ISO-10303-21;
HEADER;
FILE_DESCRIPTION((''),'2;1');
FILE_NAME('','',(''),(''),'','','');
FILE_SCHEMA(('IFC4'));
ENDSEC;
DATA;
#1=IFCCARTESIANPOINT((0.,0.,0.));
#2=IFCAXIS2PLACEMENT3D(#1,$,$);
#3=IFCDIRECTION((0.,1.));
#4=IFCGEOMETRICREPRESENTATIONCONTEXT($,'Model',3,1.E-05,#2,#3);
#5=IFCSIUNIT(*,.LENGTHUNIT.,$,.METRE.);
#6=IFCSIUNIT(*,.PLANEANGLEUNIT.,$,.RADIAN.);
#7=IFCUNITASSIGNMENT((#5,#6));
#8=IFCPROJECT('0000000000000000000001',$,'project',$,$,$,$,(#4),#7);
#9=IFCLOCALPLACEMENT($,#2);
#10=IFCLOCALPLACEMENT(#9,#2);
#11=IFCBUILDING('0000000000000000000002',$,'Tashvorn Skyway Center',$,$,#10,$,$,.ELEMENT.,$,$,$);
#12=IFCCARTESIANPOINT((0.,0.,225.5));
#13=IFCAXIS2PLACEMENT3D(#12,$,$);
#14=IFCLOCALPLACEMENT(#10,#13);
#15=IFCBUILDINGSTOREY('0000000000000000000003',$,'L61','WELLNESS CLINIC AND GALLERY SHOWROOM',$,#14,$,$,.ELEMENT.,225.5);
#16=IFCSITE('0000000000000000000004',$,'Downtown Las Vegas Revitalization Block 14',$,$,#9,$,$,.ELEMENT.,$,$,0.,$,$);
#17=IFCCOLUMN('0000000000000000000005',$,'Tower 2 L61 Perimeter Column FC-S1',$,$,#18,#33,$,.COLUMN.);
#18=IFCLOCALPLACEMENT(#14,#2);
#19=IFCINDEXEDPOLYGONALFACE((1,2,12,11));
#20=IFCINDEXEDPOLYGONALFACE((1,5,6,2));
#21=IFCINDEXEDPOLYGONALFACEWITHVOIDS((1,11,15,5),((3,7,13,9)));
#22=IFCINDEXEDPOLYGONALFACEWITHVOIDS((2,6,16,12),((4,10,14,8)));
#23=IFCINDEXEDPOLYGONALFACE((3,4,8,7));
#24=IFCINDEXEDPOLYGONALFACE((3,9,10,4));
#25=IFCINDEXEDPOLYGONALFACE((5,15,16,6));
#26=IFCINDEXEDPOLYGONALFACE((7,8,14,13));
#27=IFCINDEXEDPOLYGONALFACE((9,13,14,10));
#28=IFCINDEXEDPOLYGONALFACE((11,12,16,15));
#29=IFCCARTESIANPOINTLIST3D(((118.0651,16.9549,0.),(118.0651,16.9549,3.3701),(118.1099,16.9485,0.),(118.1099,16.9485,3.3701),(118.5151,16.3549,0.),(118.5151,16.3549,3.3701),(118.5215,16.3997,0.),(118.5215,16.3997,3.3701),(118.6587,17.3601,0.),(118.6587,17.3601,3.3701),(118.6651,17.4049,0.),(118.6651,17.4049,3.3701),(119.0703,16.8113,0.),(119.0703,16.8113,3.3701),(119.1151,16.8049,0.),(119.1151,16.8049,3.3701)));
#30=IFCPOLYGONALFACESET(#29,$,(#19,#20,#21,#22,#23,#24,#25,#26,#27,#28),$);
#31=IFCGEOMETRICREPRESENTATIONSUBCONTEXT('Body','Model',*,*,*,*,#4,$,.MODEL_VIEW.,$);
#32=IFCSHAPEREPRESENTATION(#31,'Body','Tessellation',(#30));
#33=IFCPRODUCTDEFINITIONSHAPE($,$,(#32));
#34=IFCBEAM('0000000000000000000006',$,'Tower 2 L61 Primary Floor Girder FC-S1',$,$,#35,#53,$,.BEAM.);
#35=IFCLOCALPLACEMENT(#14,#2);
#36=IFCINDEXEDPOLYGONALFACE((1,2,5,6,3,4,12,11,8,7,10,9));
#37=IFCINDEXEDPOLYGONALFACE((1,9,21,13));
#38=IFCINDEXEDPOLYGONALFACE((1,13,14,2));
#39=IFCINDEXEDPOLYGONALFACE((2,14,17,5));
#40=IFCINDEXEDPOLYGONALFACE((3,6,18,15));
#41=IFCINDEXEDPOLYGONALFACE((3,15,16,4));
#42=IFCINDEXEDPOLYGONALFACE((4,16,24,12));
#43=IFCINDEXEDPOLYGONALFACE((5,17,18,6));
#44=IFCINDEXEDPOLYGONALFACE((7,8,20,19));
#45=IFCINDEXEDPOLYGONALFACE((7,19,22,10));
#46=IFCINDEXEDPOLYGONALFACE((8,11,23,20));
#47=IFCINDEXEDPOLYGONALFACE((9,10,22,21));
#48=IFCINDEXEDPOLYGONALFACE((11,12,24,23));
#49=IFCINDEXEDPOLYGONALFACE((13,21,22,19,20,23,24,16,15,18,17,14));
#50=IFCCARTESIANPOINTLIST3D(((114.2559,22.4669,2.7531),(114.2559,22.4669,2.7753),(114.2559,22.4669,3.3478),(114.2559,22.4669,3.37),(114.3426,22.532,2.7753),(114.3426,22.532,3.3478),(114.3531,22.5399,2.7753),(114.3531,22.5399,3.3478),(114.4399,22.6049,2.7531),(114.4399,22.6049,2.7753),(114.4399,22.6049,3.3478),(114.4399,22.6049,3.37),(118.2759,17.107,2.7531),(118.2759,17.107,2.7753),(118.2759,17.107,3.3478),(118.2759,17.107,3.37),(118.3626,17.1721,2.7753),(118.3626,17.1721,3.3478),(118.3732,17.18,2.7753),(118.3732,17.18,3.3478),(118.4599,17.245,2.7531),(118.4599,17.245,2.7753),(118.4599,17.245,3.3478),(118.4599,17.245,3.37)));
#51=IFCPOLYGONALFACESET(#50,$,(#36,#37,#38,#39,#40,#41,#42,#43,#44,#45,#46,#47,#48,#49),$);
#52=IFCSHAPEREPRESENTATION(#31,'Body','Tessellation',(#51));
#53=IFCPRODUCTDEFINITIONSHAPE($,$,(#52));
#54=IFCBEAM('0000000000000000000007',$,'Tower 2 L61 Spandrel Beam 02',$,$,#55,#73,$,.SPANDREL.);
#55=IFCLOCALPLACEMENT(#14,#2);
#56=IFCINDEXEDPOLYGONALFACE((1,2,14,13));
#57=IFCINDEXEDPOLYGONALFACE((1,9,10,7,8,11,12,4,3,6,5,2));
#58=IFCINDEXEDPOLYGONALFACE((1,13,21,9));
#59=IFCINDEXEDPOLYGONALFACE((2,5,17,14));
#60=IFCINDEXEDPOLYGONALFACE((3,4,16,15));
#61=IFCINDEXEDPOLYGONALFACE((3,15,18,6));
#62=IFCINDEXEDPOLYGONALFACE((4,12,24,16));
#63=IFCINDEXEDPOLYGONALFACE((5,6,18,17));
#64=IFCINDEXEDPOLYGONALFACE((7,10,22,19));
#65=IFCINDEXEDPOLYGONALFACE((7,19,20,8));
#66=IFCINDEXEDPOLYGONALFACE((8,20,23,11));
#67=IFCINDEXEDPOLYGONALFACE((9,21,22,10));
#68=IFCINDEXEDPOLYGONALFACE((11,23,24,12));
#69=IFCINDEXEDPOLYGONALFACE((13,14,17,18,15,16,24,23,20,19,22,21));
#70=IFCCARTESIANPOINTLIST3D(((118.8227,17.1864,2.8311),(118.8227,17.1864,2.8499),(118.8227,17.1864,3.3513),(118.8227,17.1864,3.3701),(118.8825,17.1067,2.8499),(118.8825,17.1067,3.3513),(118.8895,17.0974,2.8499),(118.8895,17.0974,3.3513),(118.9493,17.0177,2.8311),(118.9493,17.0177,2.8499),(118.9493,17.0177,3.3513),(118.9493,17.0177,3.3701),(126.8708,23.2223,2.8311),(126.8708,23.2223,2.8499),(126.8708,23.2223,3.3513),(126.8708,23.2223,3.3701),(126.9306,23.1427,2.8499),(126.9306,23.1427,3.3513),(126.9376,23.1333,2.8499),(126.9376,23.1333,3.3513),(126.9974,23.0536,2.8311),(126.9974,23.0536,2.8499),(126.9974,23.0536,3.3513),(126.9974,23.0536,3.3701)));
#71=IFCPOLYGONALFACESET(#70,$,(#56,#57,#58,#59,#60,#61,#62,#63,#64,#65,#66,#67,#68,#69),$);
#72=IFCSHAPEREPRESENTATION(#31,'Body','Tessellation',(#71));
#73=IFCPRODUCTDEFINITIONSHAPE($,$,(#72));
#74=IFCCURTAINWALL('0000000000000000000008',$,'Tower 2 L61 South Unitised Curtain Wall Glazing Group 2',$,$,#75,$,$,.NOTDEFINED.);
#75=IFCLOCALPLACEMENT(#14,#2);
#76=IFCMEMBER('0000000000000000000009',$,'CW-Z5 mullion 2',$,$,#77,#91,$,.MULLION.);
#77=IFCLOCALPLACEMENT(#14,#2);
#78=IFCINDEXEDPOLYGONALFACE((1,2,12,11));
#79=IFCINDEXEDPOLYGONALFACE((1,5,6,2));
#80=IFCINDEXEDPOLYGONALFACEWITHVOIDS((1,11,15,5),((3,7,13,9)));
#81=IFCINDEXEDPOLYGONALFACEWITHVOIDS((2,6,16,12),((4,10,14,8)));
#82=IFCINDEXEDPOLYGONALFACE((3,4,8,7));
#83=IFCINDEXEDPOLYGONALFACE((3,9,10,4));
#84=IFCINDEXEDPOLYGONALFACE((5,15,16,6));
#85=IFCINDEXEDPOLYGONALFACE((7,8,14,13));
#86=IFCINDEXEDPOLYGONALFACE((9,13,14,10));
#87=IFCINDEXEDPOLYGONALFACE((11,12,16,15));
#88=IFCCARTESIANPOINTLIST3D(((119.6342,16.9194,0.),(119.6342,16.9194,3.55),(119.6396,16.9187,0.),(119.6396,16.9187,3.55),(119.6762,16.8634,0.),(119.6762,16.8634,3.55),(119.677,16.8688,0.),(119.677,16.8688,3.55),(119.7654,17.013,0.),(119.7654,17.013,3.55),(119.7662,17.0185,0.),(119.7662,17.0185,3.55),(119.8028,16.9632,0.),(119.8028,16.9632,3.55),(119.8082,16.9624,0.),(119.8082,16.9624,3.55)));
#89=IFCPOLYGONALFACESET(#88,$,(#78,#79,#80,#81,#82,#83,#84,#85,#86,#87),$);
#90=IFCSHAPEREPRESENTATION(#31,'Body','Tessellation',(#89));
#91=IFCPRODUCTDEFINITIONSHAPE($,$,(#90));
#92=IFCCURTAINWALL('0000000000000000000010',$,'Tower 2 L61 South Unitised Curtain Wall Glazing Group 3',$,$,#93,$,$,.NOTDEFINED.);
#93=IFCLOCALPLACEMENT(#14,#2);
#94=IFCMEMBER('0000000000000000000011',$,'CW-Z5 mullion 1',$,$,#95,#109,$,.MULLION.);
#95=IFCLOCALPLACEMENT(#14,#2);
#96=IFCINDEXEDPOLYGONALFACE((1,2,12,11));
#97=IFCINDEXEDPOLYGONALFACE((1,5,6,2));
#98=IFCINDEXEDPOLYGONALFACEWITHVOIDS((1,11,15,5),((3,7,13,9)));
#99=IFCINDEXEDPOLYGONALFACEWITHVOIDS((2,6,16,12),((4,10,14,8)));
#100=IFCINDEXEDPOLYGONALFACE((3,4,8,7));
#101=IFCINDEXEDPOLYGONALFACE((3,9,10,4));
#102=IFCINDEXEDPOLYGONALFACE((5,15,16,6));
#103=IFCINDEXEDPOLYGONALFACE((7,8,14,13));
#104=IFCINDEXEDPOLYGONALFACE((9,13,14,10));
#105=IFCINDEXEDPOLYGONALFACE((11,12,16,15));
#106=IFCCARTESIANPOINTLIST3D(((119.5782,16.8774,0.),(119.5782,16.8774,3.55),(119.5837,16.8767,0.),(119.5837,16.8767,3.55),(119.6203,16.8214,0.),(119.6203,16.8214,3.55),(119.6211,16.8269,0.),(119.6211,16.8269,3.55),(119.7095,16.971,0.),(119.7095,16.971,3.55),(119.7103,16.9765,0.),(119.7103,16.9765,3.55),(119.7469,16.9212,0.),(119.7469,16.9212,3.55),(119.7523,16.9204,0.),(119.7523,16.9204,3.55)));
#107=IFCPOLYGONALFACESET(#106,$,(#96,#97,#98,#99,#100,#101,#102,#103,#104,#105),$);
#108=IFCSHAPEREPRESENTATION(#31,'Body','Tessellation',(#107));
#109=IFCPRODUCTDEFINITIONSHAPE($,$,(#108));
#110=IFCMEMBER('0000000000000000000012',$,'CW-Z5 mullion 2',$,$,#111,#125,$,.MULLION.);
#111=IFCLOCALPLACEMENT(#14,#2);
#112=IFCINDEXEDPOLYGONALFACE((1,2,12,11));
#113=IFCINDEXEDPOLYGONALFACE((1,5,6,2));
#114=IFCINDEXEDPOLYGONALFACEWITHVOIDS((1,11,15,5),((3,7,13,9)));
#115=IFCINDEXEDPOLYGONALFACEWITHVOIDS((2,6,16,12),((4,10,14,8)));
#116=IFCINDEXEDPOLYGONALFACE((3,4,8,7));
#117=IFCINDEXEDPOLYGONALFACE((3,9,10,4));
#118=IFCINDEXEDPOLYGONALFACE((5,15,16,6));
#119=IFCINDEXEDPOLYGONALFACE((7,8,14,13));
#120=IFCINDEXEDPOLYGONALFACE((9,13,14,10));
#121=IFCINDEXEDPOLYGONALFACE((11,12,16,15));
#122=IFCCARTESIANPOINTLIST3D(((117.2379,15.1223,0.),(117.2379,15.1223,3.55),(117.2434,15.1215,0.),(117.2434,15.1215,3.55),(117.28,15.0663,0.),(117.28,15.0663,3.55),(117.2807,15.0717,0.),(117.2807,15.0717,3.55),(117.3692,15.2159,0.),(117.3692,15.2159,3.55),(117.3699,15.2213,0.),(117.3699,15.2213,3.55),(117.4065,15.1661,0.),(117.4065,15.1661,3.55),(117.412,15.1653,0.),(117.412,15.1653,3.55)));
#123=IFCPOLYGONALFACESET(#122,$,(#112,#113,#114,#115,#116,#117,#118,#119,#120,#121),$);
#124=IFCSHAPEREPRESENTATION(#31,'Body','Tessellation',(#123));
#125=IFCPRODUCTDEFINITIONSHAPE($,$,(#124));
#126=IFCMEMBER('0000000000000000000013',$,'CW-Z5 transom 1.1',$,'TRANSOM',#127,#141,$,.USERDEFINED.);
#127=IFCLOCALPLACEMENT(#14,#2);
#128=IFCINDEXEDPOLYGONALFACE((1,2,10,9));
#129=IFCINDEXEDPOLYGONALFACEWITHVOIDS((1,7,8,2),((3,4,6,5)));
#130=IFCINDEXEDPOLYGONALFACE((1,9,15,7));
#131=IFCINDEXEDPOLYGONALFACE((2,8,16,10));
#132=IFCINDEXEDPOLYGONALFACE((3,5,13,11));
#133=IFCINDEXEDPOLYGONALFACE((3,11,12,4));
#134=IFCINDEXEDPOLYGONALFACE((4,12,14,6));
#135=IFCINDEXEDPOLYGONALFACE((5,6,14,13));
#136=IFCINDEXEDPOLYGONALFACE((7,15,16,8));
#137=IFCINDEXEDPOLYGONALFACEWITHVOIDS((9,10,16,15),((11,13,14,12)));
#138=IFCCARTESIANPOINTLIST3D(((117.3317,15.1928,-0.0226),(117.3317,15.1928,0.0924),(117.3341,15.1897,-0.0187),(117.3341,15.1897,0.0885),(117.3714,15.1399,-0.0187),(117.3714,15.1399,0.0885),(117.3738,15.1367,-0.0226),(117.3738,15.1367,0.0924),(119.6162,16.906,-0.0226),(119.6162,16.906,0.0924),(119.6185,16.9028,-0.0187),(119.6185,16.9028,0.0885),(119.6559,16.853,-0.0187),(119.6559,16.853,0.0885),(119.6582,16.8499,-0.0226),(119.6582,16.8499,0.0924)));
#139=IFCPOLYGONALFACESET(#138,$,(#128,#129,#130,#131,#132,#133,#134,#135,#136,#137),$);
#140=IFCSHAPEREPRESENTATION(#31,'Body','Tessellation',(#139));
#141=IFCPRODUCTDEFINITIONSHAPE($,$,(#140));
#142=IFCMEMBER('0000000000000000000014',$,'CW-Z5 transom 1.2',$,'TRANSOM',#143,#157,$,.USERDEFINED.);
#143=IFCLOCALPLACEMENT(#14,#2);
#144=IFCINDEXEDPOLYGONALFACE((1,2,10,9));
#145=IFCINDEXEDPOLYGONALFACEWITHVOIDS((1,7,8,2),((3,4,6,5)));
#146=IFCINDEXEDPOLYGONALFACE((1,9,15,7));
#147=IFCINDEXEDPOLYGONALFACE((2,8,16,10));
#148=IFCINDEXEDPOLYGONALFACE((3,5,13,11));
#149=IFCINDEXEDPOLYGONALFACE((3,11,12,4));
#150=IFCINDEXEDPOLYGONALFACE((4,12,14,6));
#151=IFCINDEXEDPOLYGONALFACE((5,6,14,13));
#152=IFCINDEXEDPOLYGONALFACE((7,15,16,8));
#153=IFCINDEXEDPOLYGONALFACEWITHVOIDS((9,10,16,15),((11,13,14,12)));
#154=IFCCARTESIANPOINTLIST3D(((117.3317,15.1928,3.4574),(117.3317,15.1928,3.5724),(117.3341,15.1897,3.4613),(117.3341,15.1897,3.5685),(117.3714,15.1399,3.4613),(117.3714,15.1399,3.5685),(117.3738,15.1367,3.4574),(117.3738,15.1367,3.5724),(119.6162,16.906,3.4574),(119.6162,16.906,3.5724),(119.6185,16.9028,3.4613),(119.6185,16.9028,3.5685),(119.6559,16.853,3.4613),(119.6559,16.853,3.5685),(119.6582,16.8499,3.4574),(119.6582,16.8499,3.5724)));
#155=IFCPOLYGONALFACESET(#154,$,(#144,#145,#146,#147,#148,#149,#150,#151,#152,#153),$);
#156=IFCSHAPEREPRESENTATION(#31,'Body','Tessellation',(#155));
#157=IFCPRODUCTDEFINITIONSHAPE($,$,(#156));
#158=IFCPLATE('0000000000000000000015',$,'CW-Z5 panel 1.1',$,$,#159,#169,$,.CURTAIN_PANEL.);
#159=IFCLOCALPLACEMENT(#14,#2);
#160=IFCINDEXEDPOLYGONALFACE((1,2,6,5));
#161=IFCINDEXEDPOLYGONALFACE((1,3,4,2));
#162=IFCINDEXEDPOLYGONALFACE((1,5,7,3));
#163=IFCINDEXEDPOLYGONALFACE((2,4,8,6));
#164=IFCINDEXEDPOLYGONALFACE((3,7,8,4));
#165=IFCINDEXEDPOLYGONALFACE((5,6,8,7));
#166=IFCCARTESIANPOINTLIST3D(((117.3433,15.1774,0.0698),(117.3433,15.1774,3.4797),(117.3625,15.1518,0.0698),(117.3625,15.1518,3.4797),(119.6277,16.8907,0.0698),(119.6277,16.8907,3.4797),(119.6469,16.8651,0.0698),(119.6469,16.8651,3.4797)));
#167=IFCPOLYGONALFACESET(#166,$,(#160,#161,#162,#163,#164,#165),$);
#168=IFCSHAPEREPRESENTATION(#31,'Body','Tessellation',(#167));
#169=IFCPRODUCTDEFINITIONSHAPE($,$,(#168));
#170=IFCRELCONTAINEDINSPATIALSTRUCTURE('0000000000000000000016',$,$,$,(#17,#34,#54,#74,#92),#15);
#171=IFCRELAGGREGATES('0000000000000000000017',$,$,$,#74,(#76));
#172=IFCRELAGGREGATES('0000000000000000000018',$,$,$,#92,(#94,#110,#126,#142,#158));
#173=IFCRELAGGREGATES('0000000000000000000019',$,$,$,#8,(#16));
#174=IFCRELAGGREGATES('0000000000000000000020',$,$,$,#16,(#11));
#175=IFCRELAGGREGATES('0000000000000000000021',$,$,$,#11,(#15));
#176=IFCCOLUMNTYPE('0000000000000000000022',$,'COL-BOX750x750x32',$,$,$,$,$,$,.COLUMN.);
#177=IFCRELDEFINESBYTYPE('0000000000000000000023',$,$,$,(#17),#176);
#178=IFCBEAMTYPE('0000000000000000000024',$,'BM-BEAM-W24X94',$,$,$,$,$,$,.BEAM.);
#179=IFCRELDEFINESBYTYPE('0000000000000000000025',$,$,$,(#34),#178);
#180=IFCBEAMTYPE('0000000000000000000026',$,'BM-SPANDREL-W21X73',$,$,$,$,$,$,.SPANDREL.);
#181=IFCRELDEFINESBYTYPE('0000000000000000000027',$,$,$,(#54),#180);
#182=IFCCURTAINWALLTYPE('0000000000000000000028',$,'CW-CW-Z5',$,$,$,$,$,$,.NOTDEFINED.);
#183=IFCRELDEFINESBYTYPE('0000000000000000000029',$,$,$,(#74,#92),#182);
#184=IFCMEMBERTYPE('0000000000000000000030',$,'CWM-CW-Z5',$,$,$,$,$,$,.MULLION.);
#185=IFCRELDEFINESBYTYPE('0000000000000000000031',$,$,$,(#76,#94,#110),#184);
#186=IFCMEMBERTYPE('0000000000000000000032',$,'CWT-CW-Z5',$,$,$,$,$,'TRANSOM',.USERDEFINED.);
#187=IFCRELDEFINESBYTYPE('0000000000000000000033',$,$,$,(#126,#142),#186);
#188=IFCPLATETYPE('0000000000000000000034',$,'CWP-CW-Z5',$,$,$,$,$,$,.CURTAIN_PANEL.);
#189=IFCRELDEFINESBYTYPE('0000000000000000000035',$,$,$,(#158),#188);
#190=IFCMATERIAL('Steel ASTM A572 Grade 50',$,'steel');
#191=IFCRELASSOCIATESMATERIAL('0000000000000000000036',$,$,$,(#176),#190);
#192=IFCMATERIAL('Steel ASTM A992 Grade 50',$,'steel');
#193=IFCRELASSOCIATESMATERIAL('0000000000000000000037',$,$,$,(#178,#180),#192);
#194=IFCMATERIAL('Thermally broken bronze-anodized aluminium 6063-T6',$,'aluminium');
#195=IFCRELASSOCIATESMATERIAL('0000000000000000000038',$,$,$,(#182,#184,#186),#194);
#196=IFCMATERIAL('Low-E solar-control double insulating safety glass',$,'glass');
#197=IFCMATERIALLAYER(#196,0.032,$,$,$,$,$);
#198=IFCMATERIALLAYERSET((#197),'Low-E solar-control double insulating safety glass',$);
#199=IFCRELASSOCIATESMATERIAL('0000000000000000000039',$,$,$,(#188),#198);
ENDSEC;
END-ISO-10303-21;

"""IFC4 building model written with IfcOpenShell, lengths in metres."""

from ifc_helpers import new_model, si_unit, direction, frame, origin, origin_2d, place, context, subcontext, project, spatial, rectangle, hollow_rectangle, i_section, extrude, material, layer, layer_set, material_profile, profile_set, type_object, element, aggregate, save


model = new_model("IFC4")

# Units and contexts
model_context = context("Model", 3, precision=1e-05, world=origin(), true_north=direction((0.0, 1.0)))
body_context = subcontext(model_context, "Body", "Model", "MODEL_VIEW")
ifc_project = project(units=[si_unit("LENGTHUNIT", "METRE"), si_unit("PLANEANGLEUNIT", "RADIAN")], contexts=[model_context])

# Site, building, storey
site_placement = place(None, origin())
site = spatial("IfcSite", under=ifc_project, at=site_placement, Name="Downtown Las Vegas Revitalization Block 14", CompositionType="ELEMENT", RefElevation=0.0)
building_placement = place(site_placement, origin())
building = spatial("IfcBuilding", under=site, at=building_placement, Name="Tashvorn Skyway Center", CompositionType="ELEMENT")
storey_placement = place(building_placement, frame((0.0, 0.0, 225.5)))
storey = spatial("IfcBuildingStorey", under=building, at=storey_placement, Name="L61", Description="WELLNESS CLINIC AND GALLERY SHOWROOM", CompositionType="ELEMENT", Elevation=225.5)

# Column
ifc_material_1 = material(Name="Steel ASTM A572 Grade 50", Category="steel")
ifc_material_profile_1 = material_profile(ifc_material_1, hollow_rectangle(XDim=0.75, YDim=0.75, WallThickness=0.032, at=origin_2d()), Name="BOX750x750x32")
ifc_profile_set_1 = profile_set([ifc_material_profile_1], Name="Steel ASTM A572 Grade 50")
column_type = type_object("IfcColumnType", Name="COL-BOX750x750x32", PredefinedType="COLUMN", material=ifc_profile_set_1)
column_placement = place(storey_placement, frame((118.5901, 16.8799, 0.0), z_axis=(0.0, 0.0, 1.0), x_axis=(0.8, 0.6, 0.0)))
element("IfcColumn", 1, at=column_placement, inside=storey, type_object=column_type, Name="Tower 2 L61 Perimeter Column FC-S1", PredefinedType="COLUMN", context=body_context, shape_type="SweptSolid", body=[
    extrude(hollow_rectangle(XDim=0.75, YDim=0.75, WallThickness=0.032, at=origin_2d()), origin(), (0.0, 0.0, 1.0), 3.3701),
])

# Beams
ifc_material_2 = material(Name="Steel ASTM A992 Grade 50", Category="steel")
ifc_material_profile_2 = material_profile(ifc_material_2, i_section(OverallWidth=0.23, OverallDepth=0.6169, WebThickness=0.0132, FlangeThickness=0.0222, at=origin_2d()), Name="W24X94")
ifc_profile_set_2 = profile_set([ifc_material_profile_2], Name="Steel ASTM A992 Grade 50")
beam_type_1 = type_object("IfcBeamType", Name="BM-BEAM-W24X94", PredefinedType="BEAM", material=ifc_profile_set_2)
beam_1_placement = place(storey_placement, frame((118.3679, 17.176, 3.0615), z_axis=(-0.600012, 0.799991, 0.0), x_axis=(-0.799991, -0.600012, 0.0)))
element("IfcBeam", 2, at=beam_1_placement, inside=storey, type_object=beam_type_1, Name="Tower 2 L61 Primary Floor Girder FC-S1", PredefinedType="BEAM", context=body_context, shape_type="SweptSolid", body=[
    extrude(i_section(OverallWidth=0.23, OverallDepth=0.6169, WebThickness=0.0132, FlangeThickness=0.0222, at=origin_2d()), origin(), (0.0, 0.0, 1.0), 6.7),
])
ifc_material_profile_3 = material_profile(ifc_material_2, i_section(OverallWidth=0.2109, OverallDepth=0.5391, WebThickness=0.0117, FlangeThickness=0.0188, at=origin_2d()), Name="W21X73")
ifc_profile_set_3 = profile_set([ifc_material_profile_3], Name="Steel ASTM A992 Grade 50")
beam_type_2 = type_object("IfcBeamType", Name="BM-SPANDREL-W21X73", PredefinedType="SPANDREL", material=ifc_profile_set_3)
beam_2_placement = place(storey_placement, frame((118.886, 17.1021, 3.1006), z_axis=(0.800009, 0.599988, 0.0), x_axis=(-0.599988, 0.800009, 0.0)))
element("IfcBeam", 3, at=beam_2_placement, inside=storey, type_object=beam_type_2, Name="Tower 2 L61 Spandrel Beam 02", PredefinedType="SPANDREL", context=body_context, shape_type="SweptSolid", body=[
    extrude(i_section(OverallWidth=0.2109, OverallDepth=0.5391, WebThickness=0.0117, FlangeThickness=0.0188, at=origin_2d()), origin(), (0.0, 0.0, 1.0), 10.0601),
])

# Curtain wall, member
ifc_material_3 = material(Name="Thermally broken bronze-anodized aluminium 6063-T6", Category="aluminium")
curtain_wall_type = type_object("IfcCurtainWallType", Name="CW-CW-Z5", PredefinedType="NOTDEFINED", material=ifc_material_3)
curtain_wall_1_placement = place(storey_placement, origin())
curtain_wall_1 = element("IfcCurtainWall", 4, at=curtain_wall_1_placement, inside=storey, type_object=curtain_wall_type, Name="Tower 2 L61 South Unitised Curtain Wall Glazing Group 2", PredefinedType="NOTDEFINED")
ifc_material_profile_4 = material_profile(ifc_material_3, hollow_rectangle(XDim=0.0701, YDim=0.165, WallThickness=0.0039, at=origin_2d()), Name="ALU-MULL-70x165")
ifc_profile_set_4 = profile_set([ifc_material_profile_4], Name="Thermally broken bronze-anodized aluminium 6063-T6")
member_type_1 = type_object("IfcMemberType", Name="CWM-CW-Z5", PredefinedType="MULLION", material=ifc_profile_set_4)
member_1_placement = place(storey_placement, frame((119.7212, 16.9409, 0.0), z_axis=(0.0, 0.0, 1.0), x_axis=(0.599996, -0.800003, 0.0)))
member_1 = element("IfcMember", 5, at=member_1_placement, type_object=member_type_1, Name="CW-Z5 mullion 2", PredefinedType="MULLION", context=body_context, shape_type="SweptSolid", body=[
    extrude(hollow_rectangle(XDim=0.0701, YDim=0.165, WallThickness=0.0039, at=origin_2d()), origin(), (0.0, 0.0, 1.0), 3.55),
])
aggregate(curtain_wall_1, [member_1])

# Curtain wall, members, plate
curtain_wall_2_placement = place(storey_placement, origin())
curtain_wall_2 = element("IfcCurtainWall", 6, at=curtain_wall_2_placement, inside=storey, type_object=curtain_wall_type, Name="Tower 2 L61 South Unitised Curtain Wall Glazing Group 3", PredefinedType="NOTDEFINED")
member_2_placement = place(storey_placement, frame((119.6653, 16.8989, 0.0), z_axis=(0.0, 0.0, 1.0), x_axis=(0.6, -0.8, 0.0)))
member_2 = element("IfcMember", 7, at=member_2_placement, type_object=member_type_1, Name="CW-Z5 mullion 1", PredefinedType="MULLION", context=body_context, shape_type="SweptSolid", body=[
    extrude(hollow_rectangle(XDim=0.0701, YDim=0.165, WallThickness=0.0039, at=origin_2d()), origin(), (0.0, 0.0, 1.0), 3.55),
])
member_3_placement = place(storey_placement, frame((117.325, 15.1438, 0.0), z_axis=(0.0, 0.0, 1.0), x_axis=(0.6, -0.8, 0.0)))
member_3 = element("IfcMember", 8, at=member_3_placement, type_object=member_type_1, Name="CW-Z5 mullion 2", PredefinedType="MULLION", context=body_context, shape_type="SweptSolid", body=[
    extrude(hollow_rectangle(XDim=0.0701, YDim=0.165, WallThickness=0.0039, at=origin_2d()), origin(), (0.0, 0.0, 1.0), 3.55),
])
ifc_material_profile_5 = material_profile(ifc_material_3, hollow_rectangle(XDim=0.0701, YDim=0.115, WallThickness=0.0039, at=origin_2d()), Name="ALU-TRAN-70x115")
ifc_profile_set_5 = profile_set([ifc_material_profile_5], Name="Thermally broken bronze-anodized aluminium 6063-T6")
member_type_2 = type_object("IfcMemberType", Name="CWT-CW-Z5", ElementType="TRANSOM", PredefinedType="USERDEFINED", material=ifc_profile_set_5)
member_4_placement = place(storey_placement, frame((119.6372, 16.8779, 0.0349), z_axis=(-0.800031, -0.599959, 0.0), x_axis=(0.599959, -0.800031, 0.0)))
member_4 = element("IfcMember", 9, at=member_4_placement, type_object=member_type_2, Name="CW-Z5 transom 1.1", ObjectType="TRANSOM", PredefinedType="USERDEFINED", context=body_context, shape_type="SweptSolid", body=[
    extrude(hollow_rectangle(XDim=0.0701, YDim=0.115, WallThickness=0.0039, at=origin_2d()), origin(), (0.0, 0.0, 1.0), 2.8555),
])
member_5_placement = place(storey_placement, frame((119.6372, 16.8779, 3.5149), z_axis=(-0.800031, -0.599959, 0.0), x_axis=(0.599959, -0.800031, 0.0)))
member_5 = element("IfcMember", 10, at=member_5_placement, type_object=member_type_2, Name="CW-Z5 transom 1.2", ObjectType="TRANSOM", PredefinedType="USERDEFINED", context=body_context, shape_type="SweptSolid", body=[
    extrude(hollow_rectangle(XDim=0.0701, YDim=0.115, WallThickness=0.0039, at=origin_2d()), origin(), (0.0, 0.0, 1.0), 2.8555),
])
ifc_material_4 = material(Name="Low-E solar-control double insulating safety glass", Category="glass")
ifc_layer_1 = layer(ifc_material_4, 0.032)
ifc_layer_set_1 = layer_set([ifc_layer_1], Name="Low-E solar-control double insulating safety glass")
plate_type = type_object("IfcPlateType", Name="CWP-CW-Z5", PredefinedType="CURTAIN_PANEL", material=ifc_layer_set_1)
plate_placement = place(storey_placement, frame((118.4951, 16.0212, 0.0698), z_axis=(0.0, 0.0, 1.0), x_axis=(-0.8, -0.6, 0.0)))
plate = element("IfcPlate", 11, at=plate_placement, type_object=plate_type, Name="CW-Z5 panel 1.1", PredefinedType="CURTAIN_PANEL", context=body_context, shape_type="SweptSolid", body=[
    extrude(rectangle(XDim=2.8555, YDim=0.032, at=origin_2d()), origin(), (0.0, 0.0, 1.0), 3.4099),
])
aggregate(curtain_wall_2, [member_2, member_3, member_4, member_5, plate])

save(model, "model.ifc")
